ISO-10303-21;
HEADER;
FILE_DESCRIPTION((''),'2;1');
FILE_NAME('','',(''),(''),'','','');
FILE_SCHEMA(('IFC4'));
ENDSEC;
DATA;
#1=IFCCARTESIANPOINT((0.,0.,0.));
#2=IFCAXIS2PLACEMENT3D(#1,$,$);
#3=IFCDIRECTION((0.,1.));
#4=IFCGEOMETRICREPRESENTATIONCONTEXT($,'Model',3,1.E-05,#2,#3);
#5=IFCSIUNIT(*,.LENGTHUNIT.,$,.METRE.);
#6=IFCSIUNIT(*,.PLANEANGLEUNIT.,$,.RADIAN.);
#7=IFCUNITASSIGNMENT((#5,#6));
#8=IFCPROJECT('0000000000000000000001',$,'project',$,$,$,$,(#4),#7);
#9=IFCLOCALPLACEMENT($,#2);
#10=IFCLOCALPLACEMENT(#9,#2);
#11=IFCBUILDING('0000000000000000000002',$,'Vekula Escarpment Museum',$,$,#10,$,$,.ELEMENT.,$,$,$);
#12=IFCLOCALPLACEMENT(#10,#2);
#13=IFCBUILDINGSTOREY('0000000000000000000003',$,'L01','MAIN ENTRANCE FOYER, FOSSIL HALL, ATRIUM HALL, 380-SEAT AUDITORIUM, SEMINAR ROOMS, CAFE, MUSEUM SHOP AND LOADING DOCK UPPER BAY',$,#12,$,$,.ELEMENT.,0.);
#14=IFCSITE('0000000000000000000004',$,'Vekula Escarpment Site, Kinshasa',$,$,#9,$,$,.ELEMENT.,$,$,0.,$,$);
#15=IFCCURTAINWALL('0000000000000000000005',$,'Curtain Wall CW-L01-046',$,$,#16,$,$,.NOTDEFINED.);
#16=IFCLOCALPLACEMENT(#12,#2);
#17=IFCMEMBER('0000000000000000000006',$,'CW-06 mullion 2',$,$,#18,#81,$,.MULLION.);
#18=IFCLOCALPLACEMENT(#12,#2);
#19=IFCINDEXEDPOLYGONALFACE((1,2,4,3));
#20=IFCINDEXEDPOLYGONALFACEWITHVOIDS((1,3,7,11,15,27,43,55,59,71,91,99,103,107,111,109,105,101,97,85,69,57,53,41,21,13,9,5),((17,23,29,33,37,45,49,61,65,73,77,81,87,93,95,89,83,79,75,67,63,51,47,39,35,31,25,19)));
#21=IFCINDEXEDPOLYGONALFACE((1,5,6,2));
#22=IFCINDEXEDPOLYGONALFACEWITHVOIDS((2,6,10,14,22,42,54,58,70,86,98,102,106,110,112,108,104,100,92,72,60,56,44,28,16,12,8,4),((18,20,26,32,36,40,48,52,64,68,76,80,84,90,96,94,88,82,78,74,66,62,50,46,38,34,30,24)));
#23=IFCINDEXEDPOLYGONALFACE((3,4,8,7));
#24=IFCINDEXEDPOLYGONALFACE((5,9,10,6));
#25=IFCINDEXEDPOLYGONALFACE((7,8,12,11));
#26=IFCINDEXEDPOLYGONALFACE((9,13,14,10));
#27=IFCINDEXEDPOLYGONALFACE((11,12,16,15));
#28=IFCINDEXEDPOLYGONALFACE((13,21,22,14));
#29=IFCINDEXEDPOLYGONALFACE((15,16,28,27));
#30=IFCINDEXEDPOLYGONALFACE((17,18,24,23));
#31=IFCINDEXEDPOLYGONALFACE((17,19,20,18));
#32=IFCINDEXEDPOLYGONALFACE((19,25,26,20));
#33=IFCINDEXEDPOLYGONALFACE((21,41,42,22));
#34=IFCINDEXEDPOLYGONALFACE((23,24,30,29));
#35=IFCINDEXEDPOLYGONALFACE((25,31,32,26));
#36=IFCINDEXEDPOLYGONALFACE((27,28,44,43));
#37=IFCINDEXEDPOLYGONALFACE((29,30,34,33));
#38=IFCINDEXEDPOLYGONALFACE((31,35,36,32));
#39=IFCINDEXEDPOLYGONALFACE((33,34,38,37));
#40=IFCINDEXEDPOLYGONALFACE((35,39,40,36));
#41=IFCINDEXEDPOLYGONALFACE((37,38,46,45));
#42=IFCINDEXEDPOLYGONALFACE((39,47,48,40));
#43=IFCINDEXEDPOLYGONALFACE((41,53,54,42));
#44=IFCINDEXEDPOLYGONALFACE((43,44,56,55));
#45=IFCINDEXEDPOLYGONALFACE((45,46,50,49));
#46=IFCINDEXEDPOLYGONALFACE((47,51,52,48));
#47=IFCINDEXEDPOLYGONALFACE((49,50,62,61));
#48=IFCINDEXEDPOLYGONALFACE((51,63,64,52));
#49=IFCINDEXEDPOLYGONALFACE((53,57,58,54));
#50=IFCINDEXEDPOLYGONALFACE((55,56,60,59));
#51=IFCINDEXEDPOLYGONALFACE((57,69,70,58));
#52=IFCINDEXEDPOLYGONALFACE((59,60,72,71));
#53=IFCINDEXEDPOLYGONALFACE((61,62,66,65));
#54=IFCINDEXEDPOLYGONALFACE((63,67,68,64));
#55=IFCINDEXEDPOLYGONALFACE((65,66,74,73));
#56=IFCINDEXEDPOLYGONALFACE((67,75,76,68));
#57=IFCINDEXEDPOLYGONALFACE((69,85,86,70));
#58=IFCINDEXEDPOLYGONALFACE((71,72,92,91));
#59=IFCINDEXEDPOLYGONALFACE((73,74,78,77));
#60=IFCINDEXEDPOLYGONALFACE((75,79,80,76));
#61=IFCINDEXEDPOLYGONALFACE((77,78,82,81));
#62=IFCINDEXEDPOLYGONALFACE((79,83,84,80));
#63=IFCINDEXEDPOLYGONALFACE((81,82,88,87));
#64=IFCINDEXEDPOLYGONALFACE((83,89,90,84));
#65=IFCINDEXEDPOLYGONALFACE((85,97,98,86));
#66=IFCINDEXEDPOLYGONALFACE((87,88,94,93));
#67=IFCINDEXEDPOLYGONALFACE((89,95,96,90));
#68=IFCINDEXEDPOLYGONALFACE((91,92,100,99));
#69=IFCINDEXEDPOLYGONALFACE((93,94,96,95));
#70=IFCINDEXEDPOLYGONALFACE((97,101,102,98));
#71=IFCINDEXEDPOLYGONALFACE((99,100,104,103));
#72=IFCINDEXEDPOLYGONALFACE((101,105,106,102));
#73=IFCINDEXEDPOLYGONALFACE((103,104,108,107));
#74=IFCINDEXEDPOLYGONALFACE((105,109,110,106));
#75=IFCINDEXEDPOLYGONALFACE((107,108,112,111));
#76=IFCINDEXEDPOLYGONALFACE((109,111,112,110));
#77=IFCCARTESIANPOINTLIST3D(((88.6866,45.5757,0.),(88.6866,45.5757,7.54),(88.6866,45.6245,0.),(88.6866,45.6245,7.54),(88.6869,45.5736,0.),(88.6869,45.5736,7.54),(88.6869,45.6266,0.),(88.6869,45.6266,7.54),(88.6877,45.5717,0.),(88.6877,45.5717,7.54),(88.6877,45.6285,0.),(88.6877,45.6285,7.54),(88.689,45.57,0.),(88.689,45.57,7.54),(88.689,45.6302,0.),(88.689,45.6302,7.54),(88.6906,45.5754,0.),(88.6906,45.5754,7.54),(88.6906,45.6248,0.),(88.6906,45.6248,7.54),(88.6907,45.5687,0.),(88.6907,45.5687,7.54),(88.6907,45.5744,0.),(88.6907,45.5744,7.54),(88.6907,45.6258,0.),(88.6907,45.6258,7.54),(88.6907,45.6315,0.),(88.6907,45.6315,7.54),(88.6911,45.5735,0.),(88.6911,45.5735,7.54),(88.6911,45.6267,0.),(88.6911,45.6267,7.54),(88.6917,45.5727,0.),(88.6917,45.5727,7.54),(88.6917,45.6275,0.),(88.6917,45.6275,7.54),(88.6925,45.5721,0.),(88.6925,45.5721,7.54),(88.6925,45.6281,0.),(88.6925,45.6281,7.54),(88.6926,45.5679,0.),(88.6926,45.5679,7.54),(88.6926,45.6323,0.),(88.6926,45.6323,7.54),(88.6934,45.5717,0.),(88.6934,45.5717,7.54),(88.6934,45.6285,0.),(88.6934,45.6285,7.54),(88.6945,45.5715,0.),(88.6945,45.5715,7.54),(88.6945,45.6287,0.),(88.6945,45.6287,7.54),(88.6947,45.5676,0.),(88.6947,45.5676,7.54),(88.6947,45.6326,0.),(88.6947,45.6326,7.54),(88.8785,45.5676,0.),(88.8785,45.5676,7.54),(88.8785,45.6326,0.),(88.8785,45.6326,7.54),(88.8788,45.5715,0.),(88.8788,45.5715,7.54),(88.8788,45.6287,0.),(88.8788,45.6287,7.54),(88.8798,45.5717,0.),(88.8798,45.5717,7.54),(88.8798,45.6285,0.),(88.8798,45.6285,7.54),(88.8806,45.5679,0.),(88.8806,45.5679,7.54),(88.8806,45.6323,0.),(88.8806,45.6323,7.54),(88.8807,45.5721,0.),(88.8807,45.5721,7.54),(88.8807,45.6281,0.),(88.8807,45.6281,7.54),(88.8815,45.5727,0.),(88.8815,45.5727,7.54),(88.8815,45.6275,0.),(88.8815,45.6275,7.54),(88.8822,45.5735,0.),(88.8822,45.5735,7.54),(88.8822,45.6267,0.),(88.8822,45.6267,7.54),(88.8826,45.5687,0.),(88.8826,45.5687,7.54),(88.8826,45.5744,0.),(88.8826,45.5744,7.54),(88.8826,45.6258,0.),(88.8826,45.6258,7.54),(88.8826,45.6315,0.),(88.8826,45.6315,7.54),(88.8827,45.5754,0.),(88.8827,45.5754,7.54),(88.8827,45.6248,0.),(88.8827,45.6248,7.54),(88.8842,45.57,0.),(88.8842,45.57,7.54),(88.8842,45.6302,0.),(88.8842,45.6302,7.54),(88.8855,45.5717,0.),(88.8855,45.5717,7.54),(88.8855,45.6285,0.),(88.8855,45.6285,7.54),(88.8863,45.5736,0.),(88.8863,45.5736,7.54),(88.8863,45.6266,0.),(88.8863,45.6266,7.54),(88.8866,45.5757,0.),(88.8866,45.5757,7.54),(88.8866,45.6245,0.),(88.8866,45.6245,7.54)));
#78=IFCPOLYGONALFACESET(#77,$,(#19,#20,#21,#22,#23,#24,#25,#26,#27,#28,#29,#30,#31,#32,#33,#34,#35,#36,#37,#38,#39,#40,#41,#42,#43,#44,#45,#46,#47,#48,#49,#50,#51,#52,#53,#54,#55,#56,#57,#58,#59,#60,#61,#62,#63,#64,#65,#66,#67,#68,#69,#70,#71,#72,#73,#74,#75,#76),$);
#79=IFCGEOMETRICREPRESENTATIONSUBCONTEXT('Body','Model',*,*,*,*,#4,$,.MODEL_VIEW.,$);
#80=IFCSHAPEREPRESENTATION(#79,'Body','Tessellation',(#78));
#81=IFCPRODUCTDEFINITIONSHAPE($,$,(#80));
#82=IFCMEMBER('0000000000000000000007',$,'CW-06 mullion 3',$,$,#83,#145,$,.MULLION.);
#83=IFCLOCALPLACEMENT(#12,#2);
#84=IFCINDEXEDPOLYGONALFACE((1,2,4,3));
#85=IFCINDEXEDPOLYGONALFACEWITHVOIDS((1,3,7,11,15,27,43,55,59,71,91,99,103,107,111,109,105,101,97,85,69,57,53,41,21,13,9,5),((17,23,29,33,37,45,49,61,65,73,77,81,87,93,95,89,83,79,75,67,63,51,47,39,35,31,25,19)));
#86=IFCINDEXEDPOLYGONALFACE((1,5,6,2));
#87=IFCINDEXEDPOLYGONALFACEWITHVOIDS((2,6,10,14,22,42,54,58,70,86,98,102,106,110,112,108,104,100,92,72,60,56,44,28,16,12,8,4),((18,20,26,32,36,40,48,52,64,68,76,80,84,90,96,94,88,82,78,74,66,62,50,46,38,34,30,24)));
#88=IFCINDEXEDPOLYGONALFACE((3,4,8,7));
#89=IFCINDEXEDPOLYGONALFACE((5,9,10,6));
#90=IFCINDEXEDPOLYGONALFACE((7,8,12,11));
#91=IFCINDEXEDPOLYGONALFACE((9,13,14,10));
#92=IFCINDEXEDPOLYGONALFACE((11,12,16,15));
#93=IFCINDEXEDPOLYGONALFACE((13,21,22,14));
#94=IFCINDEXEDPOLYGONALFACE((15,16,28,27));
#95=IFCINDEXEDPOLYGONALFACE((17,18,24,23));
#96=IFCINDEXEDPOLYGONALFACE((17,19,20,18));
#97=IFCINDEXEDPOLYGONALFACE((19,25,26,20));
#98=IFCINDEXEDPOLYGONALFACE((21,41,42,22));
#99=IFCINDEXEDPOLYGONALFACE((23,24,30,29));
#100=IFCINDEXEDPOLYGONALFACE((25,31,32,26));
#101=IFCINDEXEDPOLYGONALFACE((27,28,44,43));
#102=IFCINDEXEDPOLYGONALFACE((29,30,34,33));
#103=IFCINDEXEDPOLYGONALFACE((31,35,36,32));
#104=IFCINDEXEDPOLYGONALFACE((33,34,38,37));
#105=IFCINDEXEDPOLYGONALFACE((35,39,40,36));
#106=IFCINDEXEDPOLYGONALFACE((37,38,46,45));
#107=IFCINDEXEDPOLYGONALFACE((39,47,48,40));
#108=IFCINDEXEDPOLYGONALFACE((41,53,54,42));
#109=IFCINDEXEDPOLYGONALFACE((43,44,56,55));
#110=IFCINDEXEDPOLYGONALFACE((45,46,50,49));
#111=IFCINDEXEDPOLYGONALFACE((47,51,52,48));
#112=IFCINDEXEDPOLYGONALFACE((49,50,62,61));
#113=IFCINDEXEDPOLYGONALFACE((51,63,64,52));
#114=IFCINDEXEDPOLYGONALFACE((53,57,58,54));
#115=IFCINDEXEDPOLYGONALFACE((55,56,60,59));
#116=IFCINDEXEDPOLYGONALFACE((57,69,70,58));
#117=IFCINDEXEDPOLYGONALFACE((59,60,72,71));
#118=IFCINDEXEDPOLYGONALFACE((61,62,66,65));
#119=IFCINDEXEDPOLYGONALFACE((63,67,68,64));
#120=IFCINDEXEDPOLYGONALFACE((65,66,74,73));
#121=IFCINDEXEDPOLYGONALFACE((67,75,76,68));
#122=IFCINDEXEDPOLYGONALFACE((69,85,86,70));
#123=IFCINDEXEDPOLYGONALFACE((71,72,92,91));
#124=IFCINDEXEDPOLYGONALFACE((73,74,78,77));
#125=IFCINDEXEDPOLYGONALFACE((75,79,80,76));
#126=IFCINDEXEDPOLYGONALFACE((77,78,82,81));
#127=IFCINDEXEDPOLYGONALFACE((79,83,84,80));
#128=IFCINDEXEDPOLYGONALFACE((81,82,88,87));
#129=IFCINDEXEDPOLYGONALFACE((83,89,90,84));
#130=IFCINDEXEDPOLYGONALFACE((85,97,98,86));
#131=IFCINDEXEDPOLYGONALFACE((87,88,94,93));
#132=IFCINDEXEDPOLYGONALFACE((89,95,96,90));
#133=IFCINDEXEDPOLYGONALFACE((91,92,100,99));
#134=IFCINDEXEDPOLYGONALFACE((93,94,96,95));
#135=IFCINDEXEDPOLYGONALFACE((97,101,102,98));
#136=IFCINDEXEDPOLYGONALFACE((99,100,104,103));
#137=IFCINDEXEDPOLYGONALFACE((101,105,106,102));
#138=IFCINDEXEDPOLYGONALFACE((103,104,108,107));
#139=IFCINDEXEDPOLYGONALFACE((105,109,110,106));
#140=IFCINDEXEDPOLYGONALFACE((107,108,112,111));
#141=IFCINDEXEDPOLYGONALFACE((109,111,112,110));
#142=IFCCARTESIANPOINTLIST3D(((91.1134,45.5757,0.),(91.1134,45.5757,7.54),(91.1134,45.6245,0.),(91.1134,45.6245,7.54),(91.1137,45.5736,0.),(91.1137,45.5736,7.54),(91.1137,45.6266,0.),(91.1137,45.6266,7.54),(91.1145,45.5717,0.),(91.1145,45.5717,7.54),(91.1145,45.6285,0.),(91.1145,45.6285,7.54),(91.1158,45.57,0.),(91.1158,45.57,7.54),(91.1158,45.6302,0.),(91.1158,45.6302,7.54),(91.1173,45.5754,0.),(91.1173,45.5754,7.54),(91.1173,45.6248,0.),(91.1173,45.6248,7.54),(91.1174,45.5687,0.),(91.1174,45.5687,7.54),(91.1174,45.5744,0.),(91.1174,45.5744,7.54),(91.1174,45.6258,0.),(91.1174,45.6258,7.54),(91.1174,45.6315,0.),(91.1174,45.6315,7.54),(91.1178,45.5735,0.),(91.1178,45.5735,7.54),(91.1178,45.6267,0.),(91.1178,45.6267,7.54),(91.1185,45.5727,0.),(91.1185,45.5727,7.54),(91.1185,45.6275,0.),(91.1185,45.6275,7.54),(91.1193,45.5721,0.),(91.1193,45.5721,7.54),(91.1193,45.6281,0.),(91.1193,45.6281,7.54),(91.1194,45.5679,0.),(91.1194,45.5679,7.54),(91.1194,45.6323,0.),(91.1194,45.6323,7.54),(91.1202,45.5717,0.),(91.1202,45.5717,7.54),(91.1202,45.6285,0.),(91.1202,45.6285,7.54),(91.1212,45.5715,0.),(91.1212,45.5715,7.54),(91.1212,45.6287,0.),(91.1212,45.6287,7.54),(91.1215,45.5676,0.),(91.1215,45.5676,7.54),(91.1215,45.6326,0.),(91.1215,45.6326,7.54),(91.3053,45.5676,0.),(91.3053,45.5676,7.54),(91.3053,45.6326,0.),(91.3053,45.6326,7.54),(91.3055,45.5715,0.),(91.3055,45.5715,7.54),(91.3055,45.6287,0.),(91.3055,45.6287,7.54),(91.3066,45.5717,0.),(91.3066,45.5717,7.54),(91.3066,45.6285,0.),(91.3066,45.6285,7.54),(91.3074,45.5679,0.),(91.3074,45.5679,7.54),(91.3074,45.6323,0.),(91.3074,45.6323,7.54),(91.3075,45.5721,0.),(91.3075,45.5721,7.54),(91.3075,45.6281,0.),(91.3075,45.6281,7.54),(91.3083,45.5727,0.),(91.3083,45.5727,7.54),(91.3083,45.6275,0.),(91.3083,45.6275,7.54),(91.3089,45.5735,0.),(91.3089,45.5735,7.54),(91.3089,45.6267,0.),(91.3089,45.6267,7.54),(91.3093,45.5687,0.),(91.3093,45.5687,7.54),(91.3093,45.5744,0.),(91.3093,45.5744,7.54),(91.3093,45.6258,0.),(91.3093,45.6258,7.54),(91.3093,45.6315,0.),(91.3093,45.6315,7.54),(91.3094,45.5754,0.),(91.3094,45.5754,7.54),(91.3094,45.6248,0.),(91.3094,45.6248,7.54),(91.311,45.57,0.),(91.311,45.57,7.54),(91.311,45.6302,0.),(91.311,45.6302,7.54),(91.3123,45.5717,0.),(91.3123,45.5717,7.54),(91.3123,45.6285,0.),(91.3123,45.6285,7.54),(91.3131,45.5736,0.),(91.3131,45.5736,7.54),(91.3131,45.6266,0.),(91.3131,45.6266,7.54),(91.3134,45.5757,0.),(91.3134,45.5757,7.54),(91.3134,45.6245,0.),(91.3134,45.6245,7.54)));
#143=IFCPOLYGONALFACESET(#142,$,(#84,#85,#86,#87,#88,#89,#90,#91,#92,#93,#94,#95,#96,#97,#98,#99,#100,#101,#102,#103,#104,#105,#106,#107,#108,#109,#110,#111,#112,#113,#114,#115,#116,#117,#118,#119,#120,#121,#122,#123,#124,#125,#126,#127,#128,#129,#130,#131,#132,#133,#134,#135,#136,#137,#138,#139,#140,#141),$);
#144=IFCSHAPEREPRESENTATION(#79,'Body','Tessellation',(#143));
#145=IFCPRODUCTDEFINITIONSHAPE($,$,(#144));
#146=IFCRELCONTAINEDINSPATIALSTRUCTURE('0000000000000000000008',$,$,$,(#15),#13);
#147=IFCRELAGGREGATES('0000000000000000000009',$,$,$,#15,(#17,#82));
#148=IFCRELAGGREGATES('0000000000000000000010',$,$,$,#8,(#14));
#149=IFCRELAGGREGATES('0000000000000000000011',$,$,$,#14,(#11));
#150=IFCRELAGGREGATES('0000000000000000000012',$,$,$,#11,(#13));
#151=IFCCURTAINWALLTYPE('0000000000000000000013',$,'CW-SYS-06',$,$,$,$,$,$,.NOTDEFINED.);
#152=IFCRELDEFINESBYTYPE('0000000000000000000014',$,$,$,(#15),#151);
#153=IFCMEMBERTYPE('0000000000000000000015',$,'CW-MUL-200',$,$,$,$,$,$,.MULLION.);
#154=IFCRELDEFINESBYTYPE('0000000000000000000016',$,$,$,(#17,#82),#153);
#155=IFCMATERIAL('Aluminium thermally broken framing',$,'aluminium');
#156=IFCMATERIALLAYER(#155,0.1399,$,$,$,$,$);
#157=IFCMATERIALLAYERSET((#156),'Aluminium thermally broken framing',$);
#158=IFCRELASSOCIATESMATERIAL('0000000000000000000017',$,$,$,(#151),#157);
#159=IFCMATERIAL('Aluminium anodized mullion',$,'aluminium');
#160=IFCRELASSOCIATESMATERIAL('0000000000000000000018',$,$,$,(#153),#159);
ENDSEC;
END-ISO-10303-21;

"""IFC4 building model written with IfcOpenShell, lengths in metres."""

from ifc_helpers import new_model, si_unit, direction, frame, origin, origin_2d, place, context, subcontext, project, spatial, hollow_rectangle, extrude, material, layer, layer_set, material_profile, profile_set, type_object, element, aggregate, save


model = new_model("IFC4")

# Units and contexts
model_context = context("Model", 3, precision=1e-05, world=origin(), true_north=direction((0.0, 1.0)))
body_context = subcontext(model_context, "Body", "Model", "MODEL_VIEW")
ifc_project = project(units=[si_unit("LENGTHUNIT", "METRE"), si_unit("PLANEANGLEUNIT", "RADIAN")], contexts=[model_context])

# Site, building, storey
site_placement = place(None, origin())
site = spatial("IfcSite", under=ifc_project, at=site_placement, Name="Vekula Escarpment Site, Kinshasa", CompositionType="ELEMENT", RefElevation=0.0)
building_placement = place(site_placement, origin())
building = spatial("IfcBuilding", under=site, at=building_placement, Name="Vekula Escarpment Museum", CompositionType="ELEMENT")
storey_placement = place(building_placement, origin())
storey = spatial("IfcBuildingStorey", under=building, at=storey_placement, Name="L01", Description="MAIN ENTRANCE FOYER, FOSSIL HALL, ATRIUM HALL, 380-SEAT AUDITORIUM, SEMINAR ROOMS, CAFE, MUSEUM SHOP AND LOADING DOCK UPPER BAY", CompositionType="ELEMENT", Elevation=0.0)

# Curtain wall, members
ifc_material_1 = material(Name="Aluminium thermally broken framing", Category="aluminium")
ifc_layer_1 = layer(ifc_material_1, 0.1399)
ifc_layer_set_1 = layer_set([ifc_layer_1], Name="Aluminium thermally broken framing")
curtain_wall_type = type_object("IfcCurtainWallType", Name="CW-SYS-06", PredefinedType="NOTDEFINED", material=ifc_layer_set_1)
curtain_wall_placement = place(storey_placement, origin())
curtain_wall = element("IfcCurtainWall", 1, at=curtain_wall_placement, inside=storey, type_object=curtain_wall_type, Name="Curtain Wall CW-L01-046", PredefinedType="NOTDEFINED")
ifc_material_2 = material(Name="Aluminium anodized mullion", Category="aluminium")
ifc_material_profile_1 = material_profile(ifc_material_2, hollow_rectangle(XDim=0.0649, YDim=0.2, WallThickness=0.0039, InnerFilletRadius=0.0039, OuterFilletRadius=0.0081, at=origin_2d()), Name="ALU 200x65x4")
ifc_profile_set_1 = profile_set([ifc_material_profile_1], Name="Aluminium anodized mullion")
member_type_1 = type_object("IfcMemberType", Name="CW-MUL-200", PredefinedType="MULLION", material=ifc_profile_set_1)
member_1_placement = place(storey_placement, frame((88.7866, 45.6001, 0.0), z_axis=(0.0, 0.0, 1.0), x_axis=(0.0, 1.0, 0.0)))
member_1 = element("IfcMember", 2, at=member_1_placement, type_object=member_type_1, Name="CW-06 mullion 2", PredefinedType="MULLION", context=body_context, shape_type="SweptSolid", body=[
    extrude(hollow_rectangle(XDim=0.0649, YDim=0.2, WallThickness=0.0039, InnerFilletRadius=0.0039, OuterFilletRadius=0.0081, at=origin_2d()), origin(), (0.0, 0.0, 1.0), 7.54),
])
member_2_placement = place(storey_placement, frame((91.2134, 45.6001, 0.0), z_axis=(0.0, 0.0, 1.0), x_axis=(0.0, 1.0, 0.0)))
member_2 = element("IfcMember", 3, at=member_2_placement, type_object=member_type_1, Name="CW-06 mullion 3", PredefinedType="MULLION", context=body_context, shape_type="SweptSolid", body=[
    extrude(hollow_rectangle(XDim=0.0649, YDim=0.2, WallThickness=0.0039, InnerFilletRadius=0.0039, OuterFilletRadius=0.0081, at=origin_2d()), origin(), (0.0, 0.0, 1.0), 7.54),
])
aggregate(curtain_wall, [member_1, member_2])

save(model, "model.ifc")
